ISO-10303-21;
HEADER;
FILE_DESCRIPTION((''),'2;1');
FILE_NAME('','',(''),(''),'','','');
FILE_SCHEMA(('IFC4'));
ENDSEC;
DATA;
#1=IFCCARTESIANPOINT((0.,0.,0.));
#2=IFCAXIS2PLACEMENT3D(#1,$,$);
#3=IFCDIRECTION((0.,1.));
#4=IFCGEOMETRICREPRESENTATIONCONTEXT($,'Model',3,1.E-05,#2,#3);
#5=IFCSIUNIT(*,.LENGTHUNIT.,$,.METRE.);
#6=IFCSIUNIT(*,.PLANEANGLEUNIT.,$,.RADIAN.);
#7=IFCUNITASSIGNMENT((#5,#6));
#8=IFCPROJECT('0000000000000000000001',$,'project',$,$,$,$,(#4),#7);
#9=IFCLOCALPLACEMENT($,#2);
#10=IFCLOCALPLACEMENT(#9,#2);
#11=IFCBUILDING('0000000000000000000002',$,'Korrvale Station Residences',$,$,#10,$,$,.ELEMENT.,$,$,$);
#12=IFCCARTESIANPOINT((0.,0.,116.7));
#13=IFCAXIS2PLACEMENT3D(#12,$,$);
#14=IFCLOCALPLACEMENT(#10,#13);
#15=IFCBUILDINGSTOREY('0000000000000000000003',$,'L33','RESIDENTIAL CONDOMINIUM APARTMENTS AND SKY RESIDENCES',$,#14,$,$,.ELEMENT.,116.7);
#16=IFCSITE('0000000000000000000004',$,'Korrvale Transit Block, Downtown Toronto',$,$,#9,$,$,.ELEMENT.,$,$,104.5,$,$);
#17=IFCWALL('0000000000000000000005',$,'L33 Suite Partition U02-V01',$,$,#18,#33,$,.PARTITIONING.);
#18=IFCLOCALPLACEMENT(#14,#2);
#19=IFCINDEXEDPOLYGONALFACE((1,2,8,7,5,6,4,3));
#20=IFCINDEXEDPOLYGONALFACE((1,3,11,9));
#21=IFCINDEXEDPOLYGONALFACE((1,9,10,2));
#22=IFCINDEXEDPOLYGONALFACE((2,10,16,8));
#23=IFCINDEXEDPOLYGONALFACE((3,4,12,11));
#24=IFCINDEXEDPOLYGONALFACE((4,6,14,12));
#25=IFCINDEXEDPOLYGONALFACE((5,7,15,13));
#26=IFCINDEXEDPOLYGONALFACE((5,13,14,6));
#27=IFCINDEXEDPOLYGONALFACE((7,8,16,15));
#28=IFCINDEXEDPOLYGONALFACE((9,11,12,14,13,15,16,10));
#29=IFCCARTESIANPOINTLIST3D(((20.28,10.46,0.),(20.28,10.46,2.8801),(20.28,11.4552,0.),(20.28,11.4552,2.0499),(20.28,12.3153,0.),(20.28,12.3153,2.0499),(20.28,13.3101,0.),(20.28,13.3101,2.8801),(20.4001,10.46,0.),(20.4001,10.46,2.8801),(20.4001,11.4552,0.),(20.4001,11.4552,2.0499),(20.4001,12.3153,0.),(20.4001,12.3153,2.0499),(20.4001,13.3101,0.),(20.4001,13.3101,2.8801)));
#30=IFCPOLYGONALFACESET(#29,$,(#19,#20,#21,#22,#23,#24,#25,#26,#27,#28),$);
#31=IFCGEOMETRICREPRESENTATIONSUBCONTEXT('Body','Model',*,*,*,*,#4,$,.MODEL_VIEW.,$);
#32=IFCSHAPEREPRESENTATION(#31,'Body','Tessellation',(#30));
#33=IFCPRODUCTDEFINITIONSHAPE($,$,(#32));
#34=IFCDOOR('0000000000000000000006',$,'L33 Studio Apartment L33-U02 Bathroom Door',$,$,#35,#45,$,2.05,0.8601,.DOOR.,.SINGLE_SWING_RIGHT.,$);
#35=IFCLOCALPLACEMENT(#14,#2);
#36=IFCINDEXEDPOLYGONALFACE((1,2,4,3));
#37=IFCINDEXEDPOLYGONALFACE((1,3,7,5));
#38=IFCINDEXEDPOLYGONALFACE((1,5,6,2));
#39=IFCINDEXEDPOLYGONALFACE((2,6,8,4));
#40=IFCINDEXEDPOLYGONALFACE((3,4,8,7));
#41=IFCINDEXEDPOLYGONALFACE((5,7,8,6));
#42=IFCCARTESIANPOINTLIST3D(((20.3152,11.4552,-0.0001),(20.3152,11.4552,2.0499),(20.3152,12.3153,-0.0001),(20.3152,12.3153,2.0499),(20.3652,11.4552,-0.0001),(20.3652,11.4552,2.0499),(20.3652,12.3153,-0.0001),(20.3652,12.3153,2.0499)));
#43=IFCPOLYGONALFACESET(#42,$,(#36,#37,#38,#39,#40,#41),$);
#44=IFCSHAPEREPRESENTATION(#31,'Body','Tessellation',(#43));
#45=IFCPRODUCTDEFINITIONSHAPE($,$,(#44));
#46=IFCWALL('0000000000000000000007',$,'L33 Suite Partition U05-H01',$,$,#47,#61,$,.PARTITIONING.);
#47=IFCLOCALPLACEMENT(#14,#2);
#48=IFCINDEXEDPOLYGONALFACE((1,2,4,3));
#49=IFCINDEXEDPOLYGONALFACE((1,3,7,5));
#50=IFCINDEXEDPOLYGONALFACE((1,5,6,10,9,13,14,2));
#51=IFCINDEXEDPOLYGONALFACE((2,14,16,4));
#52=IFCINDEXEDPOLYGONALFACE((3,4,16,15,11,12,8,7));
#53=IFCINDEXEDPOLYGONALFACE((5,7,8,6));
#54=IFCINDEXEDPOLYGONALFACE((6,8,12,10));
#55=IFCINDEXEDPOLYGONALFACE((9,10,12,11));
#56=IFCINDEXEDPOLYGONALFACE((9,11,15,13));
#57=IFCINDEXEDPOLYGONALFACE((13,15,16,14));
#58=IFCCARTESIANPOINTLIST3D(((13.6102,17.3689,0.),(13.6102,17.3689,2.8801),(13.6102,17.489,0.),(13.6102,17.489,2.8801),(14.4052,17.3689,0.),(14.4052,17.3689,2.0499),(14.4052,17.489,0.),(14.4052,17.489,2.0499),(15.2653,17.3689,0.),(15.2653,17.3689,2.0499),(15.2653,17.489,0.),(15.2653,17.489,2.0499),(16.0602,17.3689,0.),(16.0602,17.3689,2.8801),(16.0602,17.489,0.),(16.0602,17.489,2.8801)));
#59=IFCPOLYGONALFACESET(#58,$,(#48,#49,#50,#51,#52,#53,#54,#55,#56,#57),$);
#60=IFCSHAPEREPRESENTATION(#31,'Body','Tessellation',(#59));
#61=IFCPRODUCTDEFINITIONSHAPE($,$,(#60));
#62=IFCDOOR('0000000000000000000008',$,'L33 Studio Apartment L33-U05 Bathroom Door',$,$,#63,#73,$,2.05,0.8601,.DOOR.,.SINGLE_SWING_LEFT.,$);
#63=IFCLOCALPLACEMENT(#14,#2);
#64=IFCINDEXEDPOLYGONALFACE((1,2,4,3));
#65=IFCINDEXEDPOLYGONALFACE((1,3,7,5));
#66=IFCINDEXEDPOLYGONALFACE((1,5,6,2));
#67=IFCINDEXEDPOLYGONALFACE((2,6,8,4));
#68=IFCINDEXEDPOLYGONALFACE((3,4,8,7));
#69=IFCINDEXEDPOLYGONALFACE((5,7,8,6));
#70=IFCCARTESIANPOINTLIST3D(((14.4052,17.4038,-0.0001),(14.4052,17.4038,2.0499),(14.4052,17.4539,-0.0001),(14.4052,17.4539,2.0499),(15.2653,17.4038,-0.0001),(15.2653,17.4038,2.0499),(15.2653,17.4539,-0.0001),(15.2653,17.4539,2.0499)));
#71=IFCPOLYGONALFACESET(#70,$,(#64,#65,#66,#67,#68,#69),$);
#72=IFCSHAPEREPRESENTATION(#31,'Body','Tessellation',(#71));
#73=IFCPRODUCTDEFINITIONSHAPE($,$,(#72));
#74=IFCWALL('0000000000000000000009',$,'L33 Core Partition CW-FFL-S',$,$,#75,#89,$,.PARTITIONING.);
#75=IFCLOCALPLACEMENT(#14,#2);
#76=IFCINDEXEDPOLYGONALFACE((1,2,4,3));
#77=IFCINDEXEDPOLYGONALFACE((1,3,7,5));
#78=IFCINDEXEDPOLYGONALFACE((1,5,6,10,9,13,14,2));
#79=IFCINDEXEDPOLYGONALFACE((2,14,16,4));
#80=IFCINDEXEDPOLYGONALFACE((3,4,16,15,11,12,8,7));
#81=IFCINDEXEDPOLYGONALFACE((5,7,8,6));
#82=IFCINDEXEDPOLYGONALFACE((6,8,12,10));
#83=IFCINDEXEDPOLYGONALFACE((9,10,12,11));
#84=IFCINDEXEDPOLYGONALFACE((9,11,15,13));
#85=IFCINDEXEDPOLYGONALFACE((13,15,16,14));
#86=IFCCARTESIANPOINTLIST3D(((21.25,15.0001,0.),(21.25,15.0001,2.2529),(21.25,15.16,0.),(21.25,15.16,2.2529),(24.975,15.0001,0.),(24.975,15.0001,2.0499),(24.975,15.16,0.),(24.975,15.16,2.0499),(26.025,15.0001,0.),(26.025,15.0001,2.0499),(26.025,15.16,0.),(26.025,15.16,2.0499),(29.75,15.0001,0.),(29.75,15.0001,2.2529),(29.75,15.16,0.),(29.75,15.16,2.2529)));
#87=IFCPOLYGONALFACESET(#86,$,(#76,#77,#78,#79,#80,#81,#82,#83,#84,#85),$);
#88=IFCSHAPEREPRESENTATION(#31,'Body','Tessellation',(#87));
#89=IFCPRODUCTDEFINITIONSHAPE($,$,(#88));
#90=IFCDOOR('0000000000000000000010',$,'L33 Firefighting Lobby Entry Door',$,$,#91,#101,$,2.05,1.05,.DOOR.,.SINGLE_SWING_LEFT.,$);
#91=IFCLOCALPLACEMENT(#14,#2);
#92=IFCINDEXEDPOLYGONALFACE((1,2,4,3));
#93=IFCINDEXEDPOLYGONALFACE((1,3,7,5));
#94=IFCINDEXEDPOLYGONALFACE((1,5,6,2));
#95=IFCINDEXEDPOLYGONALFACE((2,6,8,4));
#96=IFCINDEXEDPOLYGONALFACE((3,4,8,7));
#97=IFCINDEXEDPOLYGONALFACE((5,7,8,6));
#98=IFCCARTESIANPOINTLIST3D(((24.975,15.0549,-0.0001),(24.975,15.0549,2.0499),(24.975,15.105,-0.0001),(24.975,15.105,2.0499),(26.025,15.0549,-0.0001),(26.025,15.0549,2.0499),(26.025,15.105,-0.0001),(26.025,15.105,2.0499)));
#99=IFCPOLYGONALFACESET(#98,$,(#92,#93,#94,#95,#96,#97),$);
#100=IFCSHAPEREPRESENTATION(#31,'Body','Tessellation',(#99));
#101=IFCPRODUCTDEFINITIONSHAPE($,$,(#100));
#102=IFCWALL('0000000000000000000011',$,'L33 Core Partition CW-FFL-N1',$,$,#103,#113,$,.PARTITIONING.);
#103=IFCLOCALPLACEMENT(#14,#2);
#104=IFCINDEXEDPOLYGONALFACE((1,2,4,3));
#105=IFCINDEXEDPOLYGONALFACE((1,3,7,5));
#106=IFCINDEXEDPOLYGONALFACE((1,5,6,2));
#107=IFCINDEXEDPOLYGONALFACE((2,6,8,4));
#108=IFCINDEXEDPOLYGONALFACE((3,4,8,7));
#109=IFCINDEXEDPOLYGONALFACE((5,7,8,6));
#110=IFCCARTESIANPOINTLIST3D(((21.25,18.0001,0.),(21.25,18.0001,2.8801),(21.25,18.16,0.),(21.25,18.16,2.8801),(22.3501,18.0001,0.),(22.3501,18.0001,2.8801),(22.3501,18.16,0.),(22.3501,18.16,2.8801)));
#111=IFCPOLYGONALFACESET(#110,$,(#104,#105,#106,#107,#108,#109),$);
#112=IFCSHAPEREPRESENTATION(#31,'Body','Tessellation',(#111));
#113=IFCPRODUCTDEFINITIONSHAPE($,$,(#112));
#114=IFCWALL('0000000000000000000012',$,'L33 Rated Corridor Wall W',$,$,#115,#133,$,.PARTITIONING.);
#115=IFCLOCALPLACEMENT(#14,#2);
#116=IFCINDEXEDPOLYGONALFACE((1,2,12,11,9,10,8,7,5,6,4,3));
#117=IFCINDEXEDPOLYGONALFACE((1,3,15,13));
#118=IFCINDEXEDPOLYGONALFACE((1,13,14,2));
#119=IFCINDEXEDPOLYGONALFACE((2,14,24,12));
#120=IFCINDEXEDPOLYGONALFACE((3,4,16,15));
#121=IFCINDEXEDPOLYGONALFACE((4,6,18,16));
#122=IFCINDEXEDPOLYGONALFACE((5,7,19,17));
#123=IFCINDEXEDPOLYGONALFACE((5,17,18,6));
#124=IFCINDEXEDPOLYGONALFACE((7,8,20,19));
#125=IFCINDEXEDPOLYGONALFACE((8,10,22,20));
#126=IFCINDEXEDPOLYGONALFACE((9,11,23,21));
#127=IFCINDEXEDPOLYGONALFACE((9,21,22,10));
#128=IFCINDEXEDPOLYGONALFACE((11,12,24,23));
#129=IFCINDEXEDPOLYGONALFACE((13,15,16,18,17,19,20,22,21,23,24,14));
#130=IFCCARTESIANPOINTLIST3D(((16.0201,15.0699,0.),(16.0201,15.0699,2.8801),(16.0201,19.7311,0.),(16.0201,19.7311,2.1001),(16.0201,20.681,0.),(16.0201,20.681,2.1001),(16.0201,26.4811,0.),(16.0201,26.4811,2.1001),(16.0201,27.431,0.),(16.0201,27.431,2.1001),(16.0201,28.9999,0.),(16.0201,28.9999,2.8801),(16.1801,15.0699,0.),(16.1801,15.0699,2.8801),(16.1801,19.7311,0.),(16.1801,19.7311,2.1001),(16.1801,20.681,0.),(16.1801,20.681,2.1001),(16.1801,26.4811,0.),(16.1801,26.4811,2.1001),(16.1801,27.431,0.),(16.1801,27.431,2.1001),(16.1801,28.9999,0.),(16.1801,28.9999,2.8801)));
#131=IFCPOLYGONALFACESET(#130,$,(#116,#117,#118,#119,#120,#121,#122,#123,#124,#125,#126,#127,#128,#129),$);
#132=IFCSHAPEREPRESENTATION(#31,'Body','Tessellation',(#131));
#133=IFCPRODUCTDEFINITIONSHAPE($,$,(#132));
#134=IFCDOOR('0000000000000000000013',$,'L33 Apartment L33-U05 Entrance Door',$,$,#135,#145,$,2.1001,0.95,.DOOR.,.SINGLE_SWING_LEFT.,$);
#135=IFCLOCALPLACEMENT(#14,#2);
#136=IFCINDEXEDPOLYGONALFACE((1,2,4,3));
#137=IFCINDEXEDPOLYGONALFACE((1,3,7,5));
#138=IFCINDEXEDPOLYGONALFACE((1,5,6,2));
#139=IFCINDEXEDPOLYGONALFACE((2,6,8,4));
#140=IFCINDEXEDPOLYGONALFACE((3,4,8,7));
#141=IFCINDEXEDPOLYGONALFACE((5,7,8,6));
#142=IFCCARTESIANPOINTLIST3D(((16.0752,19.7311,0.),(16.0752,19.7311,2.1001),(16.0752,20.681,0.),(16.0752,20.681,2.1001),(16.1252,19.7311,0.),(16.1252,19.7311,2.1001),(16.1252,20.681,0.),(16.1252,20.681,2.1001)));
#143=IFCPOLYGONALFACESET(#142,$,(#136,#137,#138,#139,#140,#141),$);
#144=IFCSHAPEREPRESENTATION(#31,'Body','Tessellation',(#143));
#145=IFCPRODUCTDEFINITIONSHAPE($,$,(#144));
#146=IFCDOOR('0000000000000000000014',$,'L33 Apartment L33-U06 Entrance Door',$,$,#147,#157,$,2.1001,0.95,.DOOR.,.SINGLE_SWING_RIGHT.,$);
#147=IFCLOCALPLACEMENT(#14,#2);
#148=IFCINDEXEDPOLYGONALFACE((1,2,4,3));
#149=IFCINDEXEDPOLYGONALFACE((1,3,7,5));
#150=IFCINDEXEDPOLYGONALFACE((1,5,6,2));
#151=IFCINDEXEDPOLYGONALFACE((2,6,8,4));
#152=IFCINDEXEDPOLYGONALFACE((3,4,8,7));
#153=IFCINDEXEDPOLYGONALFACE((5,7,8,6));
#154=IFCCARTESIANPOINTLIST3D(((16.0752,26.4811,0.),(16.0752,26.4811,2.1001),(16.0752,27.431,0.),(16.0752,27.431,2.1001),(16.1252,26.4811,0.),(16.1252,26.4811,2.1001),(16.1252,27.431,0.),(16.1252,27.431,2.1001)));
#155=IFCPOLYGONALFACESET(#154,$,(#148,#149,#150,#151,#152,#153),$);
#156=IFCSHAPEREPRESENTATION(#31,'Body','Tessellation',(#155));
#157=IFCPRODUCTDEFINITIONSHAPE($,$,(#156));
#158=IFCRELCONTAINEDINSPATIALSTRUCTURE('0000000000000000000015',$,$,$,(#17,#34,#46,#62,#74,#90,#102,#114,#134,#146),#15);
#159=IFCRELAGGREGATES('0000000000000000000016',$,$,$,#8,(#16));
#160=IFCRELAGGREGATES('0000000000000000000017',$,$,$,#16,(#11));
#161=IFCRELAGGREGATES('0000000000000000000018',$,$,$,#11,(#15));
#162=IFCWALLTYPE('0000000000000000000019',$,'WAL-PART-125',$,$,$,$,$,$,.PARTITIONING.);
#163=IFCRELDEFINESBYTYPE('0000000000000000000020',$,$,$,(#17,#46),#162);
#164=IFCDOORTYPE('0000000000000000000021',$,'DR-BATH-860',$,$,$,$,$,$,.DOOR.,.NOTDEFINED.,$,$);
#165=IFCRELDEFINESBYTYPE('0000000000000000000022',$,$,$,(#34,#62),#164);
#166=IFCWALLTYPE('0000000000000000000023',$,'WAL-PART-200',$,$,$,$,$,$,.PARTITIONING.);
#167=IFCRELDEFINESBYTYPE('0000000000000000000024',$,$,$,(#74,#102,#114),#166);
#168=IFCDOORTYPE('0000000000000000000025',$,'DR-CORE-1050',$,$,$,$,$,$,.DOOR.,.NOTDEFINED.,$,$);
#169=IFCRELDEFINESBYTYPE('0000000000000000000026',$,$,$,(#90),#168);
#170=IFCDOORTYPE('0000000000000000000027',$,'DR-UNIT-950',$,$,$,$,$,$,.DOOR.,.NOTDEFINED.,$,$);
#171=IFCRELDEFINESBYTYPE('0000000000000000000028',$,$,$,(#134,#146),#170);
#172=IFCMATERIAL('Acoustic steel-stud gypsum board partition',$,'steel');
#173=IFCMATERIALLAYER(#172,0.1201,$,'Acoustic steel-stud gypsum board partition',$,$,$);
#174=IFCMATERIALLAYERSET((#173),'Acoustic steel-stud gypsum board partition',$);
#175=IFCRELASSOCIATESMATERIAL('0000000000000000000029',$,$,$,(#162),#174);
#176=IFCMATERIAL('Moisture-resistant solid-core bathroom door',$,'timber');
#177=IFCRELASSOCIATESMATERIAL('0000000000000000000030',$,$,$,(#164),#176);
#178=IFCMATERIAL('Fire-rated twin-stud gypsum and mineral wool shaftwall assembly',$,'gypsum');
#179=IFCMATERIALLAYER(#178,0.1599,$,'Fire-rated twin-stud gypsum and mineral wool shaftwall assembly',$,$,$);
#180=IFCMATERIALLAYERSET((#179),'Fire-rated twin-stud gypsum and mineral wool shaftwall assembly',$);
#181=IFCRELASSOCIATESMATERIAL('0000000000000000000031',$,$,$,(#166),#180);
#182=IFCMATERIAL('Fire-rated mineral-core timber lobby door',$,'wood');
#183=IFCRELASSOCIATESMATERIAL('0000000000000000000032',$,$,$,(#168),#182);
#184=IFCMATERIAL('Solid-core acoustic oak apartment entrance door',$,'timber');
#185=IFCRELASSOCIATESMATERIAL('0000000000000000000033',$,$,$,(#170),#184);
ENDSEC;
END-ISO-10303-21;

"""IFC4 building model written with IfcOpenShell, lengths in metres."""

from ifc_helpers import new_model, si_unit, direction, frame, frame_2d, origin, place, context, subcontext, project, spatial, rectangle, extrude, material, layer, layer_set, type_object, element, fill, save


model = new_model("IFC4")

# Units and contexts
model_context = context("Model", 3, precision=1e-05, world=origin(), true_north=direction((0.0, 1.0)))
body_context = subcontext(model_context, "Body", "Model", "MODEL_VIEW")
ifc_project = project(units=[si_unit("LENGTHUNIT", "METRE"), si_unit("PLANEANGLEUNIT", "RADIAN")], contexts=[model_context])

# Site, building, storey
site_placement = place(None, origin())
site = spatial("IfcSite", under=ifc_project, at=site_placement, Name="Korrvale Transit Block, Downtown Toronto", CompositionType="ELEMENT", RefElevation=104.5)
building_placement = place(site_placement, origin())
building = spatial("IfcBuilding", under=site, at=building_placement, Name="Korrvale Station Residences", CompositionType="ELEMENT")
storey_placement = place(building_placement, frame((0.0, 0.0, 116.7)))
storey = spatial("IfcBuildingStorey", under=building, at=storey_placement, Name="L33", Description="RESIDENTIAL CONDOMINIUM APARTMENTS AND SKY RESIDENCES", CompositionType="ELEMENT", Elevation=116.7)

# Shared definitions
ifc_material_1 = material(Name="Acoustic steel-stud gypsum board partition", Category="steel")
ifc_layer_1 = layer(ifc_material_1, 0.1201, Name="Acoustic steel-stud gypsum board partition")
ifc_layer_set_1 = layer_set([ifc_layer_1], Name="Acoustic steel-stud gypsum board partition")
wall_type_1 = type_object("IfcWallType", Name="WAL-PART-125", PredefinedType="PARTITIONING", material=ifc_layer_set_1)

# Walls, openings, doors
wall_1_placement = place(storey_placement, frame((20.3401, 10.46, 0.0), z_axis=(0.0, 0.0, 1.0), x_axis=(0.0, 1.0, 0.0)))
wall_1 = element("IfcWall", 1, at=wall_1_placement, inside=storey, type_object=wall_type_1, Name="L33 Suite Partition U02-V01", PredefinedType="PARTITIONING", context=body_context, shape_type="SweptSolid", body=[
    extrude(rectangle(XDim=2.8501, YDim=0.1201, at=frame_2d((1.425, 0.0))), origin(), (0.0, 0.0, 1.0), 2.8801),
])
opening_1_placement = place(wall_1_placement, frame((0.9951, 0.0, 0.0)))
opening_1 = element("IfcOpeningElement", 2, at=opening_1_placement, cuts=wall_1, PredefinedType="OPENING", context=body_context, shape_type="SweptSolid", body=[
    extrude(rectangle(XDim=0.8601, YDim=2.05, at=frame_2d((0.4302, 1.0249))), frame((0.0, 0.0701, 0.0), z_axis=(0.0, -1.0, 0.0), x_axis=(1.0, 0.0, 0.0)), (0.0, 0.0, 1.0), 0.1401),
])
ifc_material_2 = material(Name="Moisture-resistant solid-core bathroom door", Category="timber")
door_type_1 = type_object("IfcDoorType", Name="DR-BATH-860", OperationType="NOTDEFINED", PredefinedType="DOOR", material=ifc_material_2)
door_1_placement = place(opening_1_placement, origin())
door_1 = element("IfcDoor", 3, at=door_1_placement, inside=storey, type_object=door_type_1, Name="L33 Studio Apartment L33-U02 Bathroom Door", OperationType="SINGLE_SWING_RIGHT", OverallHeight=2.05, OverallWidth=0.8601, PredefinedType="DOOR", context=body_context, shape_type="SweptSolid", body=[
    extrude(rectangle(XDim=0.8601, YDim=2.05, at=frame_2d((0.4302, 1.0249))), frame((0.0, 0.0249, 0.0), z_axis=(0.0, -1.0, 0.0), x_axis=(1.0, 0.0, 0.0)), (0.0, 0.0, 1.0), 0.05),
])
fill(opening_1, door_1)
wall_2_placement = place(storey_placement, frame((13.6101, 17.429, 0.0), z_axis=(0.0, 0.0, 1.0), x_axis=(1.0, 0.0, 0.0)))
wall_2 = element("IfcWall", 4, at=wall_2_placement, inside=storey, type_object=wall_type_1, Name="L33 Suite Partition U05-H01", PredefinedType="PARTITIONING", context=body_context, shape_type="SweptSolid", body=[
    extrude(rectangle(XDim=2.45, YDim=0.1201, at=frame_2d((1.2251, 0.0))), origin(), (0.0, 0.0, 1.0), 2.8801),
])
opening_2_placement = place(wall_2_placement, frame((0.7949, 0.0, 0.0)))
opening_2 = element("IfcOpeningElement", 5, at=opening_2_placement, cuts=wall_2, PredefinedType="OPENING", context=body_context, shape_type="SweptSolid", body=[
    extrude(rectangle(XDim=0.8601, YDim=2.05, at=frame_2d((0.4302, 1.0249))), frame((0.0, 0.0701, 0.0), z_axis=(0.0, -1.0, 0.0), x_axis=(1.0, 0.0, 0.0)), (0.0, 0.0, 1.0), 0.1401),
])
door_2_placement = place(opening_2_placement, origin())
door_2 = element("IfcDoor", 6, at=door_2_placement, inside=storey, type_object=door_type_1, Name="L33 Studio Apartment L33-U05 Bathroom Door", OperationType="SINGLE_SWING_LEFT", OverallHeight=2.05, OverallWidth=0.8601, PredefinedType="DOOR", context=body_context, shape_type="SweptSolid", body=[
    extrude(rectangle(XDim=0.8601, YDim=2.05, at=frame_2d((0.4302, 1.0249))), frame((0.0, 0.0249, 0.0), z_axis=(0.0, -1.0, 0.0), x_axis=(1.0, 0.0, 0.0)), (0.0, 0.0, 1.0), 0.05),
])
fill(opening_2, door_2)
ifc_material_3 = material(Name="Fire-rated twin-stud gypsum and mineral wool shaftwall assembly", Category="gypsum")
ifc_layer_2 = layer(ifc_material_3, 0.1599, Name="Fire-rated twin-stud gypsum and mineral wool shaftwall assembly")
ifc_layer_set_2 = layer_set([ifc_layer_2], Name="Fire-rated twin-stud gypsum and mineral wool shaftwall assembly")
wall_type_2 = type_object("IfcWallType", Name="WAL-PART-200", PredefinedType="PARTITIONING", material=ifc_layer_set_2)
wall_3_placement = place(storey_placement, frame((21.25, 15.0801, 0.0), z_axis=(0.0, 0.0, 1.0), x_axis=(1.0, 0.0, 0.0)))
wall_3 = element("IfcWall", 7, at=wall_3_placement, inside=storey, type_object=wall_type_2, Name="L33 Core Partition CW-FFL-S", PredefinedType="PARTITIONING", context=body_context, shape_type="SweptSolid", body=[
    extrude(rectangle(XDim=8.5, YDim=0.1599, at=frame_2d((4.25, 0.0))), origin(), (0.0, 0.0, 1.0), 2.2529),
])
opening_3_placement = place(wall_3_placement, frame((3.7251, 0.0, 0.0)))
opening_3 = element("IfcOpeningElement", 8, at=opening_3_placement, cuts=wall_3, PredefinedType="OPENING", context=body_context, shape_type="SweptSolid", body=[
    extrude(rectangle(XDim=1.05, YDim=2.05, at=frame_2d((0.5249, 1.0249))), frame((0.0, 0.0898, 0.0), z_axis=(0.0, -1.0, 0.0), x_axis=(1.0, 0.0, 0.0)), (0.0, 0.0, 1.0), 0.1799),
])
ifc_material_4 = material(Name="Fire-rated mineral-core timber lobby door", Category="wood")
door_type_2 = type_object("IfcDoorType", Name="DR-CORE-1050", OperationType="NOTDEFINED", PredefinedType="DOOR", material=ifc_material_4)
door_3_placement = place(opening_3_placement, origin())
door_3 = element("IfcDoor", 9, at=door_3_placement, inside=storey, type_object=door_type_2, Name="L33 Firefighting Lobby Entry Door", OperationType="SINGLE_SWING_LEFT", OverallHeight=2.05, OverallWidth=1.05, PredefinedType="DOOR", context=body_context, shape_type="SweptSolid", body=[
    extrude(rectangle(XDim=1.05, YDim=2.05, at=frame_2d((0.5249, 1.0249))), frame((0.0, 0.0249, 0.0), z_axis=(0.0, -1.0, 0.0), x_axis=(1.0, 0.0, 0.0)), (0.0, 0.0, 1.0), 0.05),
])
fill(opening_3, door_3)

# Wall
wall_4_placement = place(storey_placement, frame((21.25, 18.0801, 0.0), z_axis=(0.0, 0.0, 1.0), x_axis=(1.0, 0.0, 0.0)))
element("IfcWall", 10, at=wall_4_placement, inside=storey, type_object=wall_type_2, Name="L33 Core Partition CW-FFL-N1", PredefinedType="PARTITIONING", context=body_context, shape_type="SweptSolid", body=[
    extrude(rectangle(XDim=1.1001, YDim=0.1599, at=frame_2d((0.55, 0.0))), origin(), (0.0, 0.0, 1.0), 2.8801),
])

# Wall, openings, doors
wall_5_placement = place(storey_placement, frame((16.1001, 15.0701, 0.0), z_axis=(0.0, 0.0, 1.0), x_axis=(0.0, 1.0, 0.0)))
wall_5 = element("IfcWall", 11, at=wall_5_placement, inside=storey, type_object=wall_type_2, Name="L33 Rated Corridor Wall W", PredefinedType="PARTITIONING", context=body_context, shape_type="SweptSolid", body=[
    extrude(rectangle(XDim=13.9299, YDim=0.1599, at=frame_2d((6.9648, 0.0))), origin(), (0.0, 0.0, 1.0), 2.8801),
])
opening_4_placement = place(wall_5_placement, frame((4.6609, 0.0, 0.0)))
opening_4 = element("IfcOpeningElement", 12, at=opening_4_placement, cuts=wall_5, PredefinedType="OPENING", context=body_context, shape_type="SweptSolid", body=[
    extrude(rectangle(XDim=0.95, YDim=2.1001, at=frame_2d((0.4751, 1.05))), frame((0.0, 0.0898, 0.0), z_axis=(0.0, -1.0, 0.0), x_axis=(1.0, 0.0, 0.0)), (0.0, 0.0, 1.0), 0.1799),
])
opening_5_placement = place(wall_5_placement, frame((11.4109, 0.0, 0.0)))
opening_5 = element("IfcOpeningElement", 13, at=opening_5_placement, cuts=wall_5, PredefinedType="OPENING", context=body_context, shape_type="SweptSolid", body=[
    extrude(rectangle(XDim=0.95, YDim=2.1001, at=frame_2d((0.4751, 1.05))), frame((0.0, 0.0898, 0.0), z_axis=(0.0, -1.0, 0.0), x_axis=(1.0, 0.0, 0.0)), (0.0, 0.0, 1.0), 0.1799),
])
ifc_material_5 = material(Name="Solid-core acoustic oak apartment entrance door", Category="timber")
door_type_3 = type_object("IfcDoorType", Name="DR-UNIT-950", OperationType="NOTDEFINED", PredefinedType="DOOR", material=ifc_material_5)
door_4_placement = place(opening_4_placement, origin())
door_4 = element("IfcDoor", 14, at=door_4_placement, inside=storey, type_object=door_type_3, Name="L33 Apartment L33-U05 Entrance Door", OperationType="SINGLE_SWING_LEFT", OverallHeight=2.1001, OverallWidth=0.95, PredefinedType="DOOR", context=body_context, shape_type="SweptSolid", body=[
    extrude(rectangle(XDim=0.95, YDim=2.1001, at=frame_2d((0.4751, 1.05))), frame((0.0, 0.0249, 0.0), z_axis=(0.0, -1.0, 0.0), x_axis=(1.0, 0.0, 0.0)), (0.0, 0.0, 1.0), 0.05),
])
fill(opening_4, door_4)
door_5_placement = place(opening_5_placement, origin())
door_5 = element("IfcDoor", 15, at=door_5_placement, inside=storey, type_object=door_type_3, Name="L33 Apartment L33-U06 Entrance Door", OperationType="SINGLE_SWING_RIGHT", OverallHeight=2.1001, OverallWidth=0.95, PredefinedType="DOOR", context=body_context, shape_type="SweptSolid", body=[
    extrude(rectangle(XDim=0.95, YDim=2.1001, at=frame_2d((0.4751, 1.05))), frame((0.0, 0.0249, 0.0), z_axis=(0.0, -1.0, 0.0), x_axis=(1.0, 0.0, 0.0)), (0.0, 0.0, 1.0), 0.05),
])
fill(opening_5, door_5)

save(model, "model.ifc")
